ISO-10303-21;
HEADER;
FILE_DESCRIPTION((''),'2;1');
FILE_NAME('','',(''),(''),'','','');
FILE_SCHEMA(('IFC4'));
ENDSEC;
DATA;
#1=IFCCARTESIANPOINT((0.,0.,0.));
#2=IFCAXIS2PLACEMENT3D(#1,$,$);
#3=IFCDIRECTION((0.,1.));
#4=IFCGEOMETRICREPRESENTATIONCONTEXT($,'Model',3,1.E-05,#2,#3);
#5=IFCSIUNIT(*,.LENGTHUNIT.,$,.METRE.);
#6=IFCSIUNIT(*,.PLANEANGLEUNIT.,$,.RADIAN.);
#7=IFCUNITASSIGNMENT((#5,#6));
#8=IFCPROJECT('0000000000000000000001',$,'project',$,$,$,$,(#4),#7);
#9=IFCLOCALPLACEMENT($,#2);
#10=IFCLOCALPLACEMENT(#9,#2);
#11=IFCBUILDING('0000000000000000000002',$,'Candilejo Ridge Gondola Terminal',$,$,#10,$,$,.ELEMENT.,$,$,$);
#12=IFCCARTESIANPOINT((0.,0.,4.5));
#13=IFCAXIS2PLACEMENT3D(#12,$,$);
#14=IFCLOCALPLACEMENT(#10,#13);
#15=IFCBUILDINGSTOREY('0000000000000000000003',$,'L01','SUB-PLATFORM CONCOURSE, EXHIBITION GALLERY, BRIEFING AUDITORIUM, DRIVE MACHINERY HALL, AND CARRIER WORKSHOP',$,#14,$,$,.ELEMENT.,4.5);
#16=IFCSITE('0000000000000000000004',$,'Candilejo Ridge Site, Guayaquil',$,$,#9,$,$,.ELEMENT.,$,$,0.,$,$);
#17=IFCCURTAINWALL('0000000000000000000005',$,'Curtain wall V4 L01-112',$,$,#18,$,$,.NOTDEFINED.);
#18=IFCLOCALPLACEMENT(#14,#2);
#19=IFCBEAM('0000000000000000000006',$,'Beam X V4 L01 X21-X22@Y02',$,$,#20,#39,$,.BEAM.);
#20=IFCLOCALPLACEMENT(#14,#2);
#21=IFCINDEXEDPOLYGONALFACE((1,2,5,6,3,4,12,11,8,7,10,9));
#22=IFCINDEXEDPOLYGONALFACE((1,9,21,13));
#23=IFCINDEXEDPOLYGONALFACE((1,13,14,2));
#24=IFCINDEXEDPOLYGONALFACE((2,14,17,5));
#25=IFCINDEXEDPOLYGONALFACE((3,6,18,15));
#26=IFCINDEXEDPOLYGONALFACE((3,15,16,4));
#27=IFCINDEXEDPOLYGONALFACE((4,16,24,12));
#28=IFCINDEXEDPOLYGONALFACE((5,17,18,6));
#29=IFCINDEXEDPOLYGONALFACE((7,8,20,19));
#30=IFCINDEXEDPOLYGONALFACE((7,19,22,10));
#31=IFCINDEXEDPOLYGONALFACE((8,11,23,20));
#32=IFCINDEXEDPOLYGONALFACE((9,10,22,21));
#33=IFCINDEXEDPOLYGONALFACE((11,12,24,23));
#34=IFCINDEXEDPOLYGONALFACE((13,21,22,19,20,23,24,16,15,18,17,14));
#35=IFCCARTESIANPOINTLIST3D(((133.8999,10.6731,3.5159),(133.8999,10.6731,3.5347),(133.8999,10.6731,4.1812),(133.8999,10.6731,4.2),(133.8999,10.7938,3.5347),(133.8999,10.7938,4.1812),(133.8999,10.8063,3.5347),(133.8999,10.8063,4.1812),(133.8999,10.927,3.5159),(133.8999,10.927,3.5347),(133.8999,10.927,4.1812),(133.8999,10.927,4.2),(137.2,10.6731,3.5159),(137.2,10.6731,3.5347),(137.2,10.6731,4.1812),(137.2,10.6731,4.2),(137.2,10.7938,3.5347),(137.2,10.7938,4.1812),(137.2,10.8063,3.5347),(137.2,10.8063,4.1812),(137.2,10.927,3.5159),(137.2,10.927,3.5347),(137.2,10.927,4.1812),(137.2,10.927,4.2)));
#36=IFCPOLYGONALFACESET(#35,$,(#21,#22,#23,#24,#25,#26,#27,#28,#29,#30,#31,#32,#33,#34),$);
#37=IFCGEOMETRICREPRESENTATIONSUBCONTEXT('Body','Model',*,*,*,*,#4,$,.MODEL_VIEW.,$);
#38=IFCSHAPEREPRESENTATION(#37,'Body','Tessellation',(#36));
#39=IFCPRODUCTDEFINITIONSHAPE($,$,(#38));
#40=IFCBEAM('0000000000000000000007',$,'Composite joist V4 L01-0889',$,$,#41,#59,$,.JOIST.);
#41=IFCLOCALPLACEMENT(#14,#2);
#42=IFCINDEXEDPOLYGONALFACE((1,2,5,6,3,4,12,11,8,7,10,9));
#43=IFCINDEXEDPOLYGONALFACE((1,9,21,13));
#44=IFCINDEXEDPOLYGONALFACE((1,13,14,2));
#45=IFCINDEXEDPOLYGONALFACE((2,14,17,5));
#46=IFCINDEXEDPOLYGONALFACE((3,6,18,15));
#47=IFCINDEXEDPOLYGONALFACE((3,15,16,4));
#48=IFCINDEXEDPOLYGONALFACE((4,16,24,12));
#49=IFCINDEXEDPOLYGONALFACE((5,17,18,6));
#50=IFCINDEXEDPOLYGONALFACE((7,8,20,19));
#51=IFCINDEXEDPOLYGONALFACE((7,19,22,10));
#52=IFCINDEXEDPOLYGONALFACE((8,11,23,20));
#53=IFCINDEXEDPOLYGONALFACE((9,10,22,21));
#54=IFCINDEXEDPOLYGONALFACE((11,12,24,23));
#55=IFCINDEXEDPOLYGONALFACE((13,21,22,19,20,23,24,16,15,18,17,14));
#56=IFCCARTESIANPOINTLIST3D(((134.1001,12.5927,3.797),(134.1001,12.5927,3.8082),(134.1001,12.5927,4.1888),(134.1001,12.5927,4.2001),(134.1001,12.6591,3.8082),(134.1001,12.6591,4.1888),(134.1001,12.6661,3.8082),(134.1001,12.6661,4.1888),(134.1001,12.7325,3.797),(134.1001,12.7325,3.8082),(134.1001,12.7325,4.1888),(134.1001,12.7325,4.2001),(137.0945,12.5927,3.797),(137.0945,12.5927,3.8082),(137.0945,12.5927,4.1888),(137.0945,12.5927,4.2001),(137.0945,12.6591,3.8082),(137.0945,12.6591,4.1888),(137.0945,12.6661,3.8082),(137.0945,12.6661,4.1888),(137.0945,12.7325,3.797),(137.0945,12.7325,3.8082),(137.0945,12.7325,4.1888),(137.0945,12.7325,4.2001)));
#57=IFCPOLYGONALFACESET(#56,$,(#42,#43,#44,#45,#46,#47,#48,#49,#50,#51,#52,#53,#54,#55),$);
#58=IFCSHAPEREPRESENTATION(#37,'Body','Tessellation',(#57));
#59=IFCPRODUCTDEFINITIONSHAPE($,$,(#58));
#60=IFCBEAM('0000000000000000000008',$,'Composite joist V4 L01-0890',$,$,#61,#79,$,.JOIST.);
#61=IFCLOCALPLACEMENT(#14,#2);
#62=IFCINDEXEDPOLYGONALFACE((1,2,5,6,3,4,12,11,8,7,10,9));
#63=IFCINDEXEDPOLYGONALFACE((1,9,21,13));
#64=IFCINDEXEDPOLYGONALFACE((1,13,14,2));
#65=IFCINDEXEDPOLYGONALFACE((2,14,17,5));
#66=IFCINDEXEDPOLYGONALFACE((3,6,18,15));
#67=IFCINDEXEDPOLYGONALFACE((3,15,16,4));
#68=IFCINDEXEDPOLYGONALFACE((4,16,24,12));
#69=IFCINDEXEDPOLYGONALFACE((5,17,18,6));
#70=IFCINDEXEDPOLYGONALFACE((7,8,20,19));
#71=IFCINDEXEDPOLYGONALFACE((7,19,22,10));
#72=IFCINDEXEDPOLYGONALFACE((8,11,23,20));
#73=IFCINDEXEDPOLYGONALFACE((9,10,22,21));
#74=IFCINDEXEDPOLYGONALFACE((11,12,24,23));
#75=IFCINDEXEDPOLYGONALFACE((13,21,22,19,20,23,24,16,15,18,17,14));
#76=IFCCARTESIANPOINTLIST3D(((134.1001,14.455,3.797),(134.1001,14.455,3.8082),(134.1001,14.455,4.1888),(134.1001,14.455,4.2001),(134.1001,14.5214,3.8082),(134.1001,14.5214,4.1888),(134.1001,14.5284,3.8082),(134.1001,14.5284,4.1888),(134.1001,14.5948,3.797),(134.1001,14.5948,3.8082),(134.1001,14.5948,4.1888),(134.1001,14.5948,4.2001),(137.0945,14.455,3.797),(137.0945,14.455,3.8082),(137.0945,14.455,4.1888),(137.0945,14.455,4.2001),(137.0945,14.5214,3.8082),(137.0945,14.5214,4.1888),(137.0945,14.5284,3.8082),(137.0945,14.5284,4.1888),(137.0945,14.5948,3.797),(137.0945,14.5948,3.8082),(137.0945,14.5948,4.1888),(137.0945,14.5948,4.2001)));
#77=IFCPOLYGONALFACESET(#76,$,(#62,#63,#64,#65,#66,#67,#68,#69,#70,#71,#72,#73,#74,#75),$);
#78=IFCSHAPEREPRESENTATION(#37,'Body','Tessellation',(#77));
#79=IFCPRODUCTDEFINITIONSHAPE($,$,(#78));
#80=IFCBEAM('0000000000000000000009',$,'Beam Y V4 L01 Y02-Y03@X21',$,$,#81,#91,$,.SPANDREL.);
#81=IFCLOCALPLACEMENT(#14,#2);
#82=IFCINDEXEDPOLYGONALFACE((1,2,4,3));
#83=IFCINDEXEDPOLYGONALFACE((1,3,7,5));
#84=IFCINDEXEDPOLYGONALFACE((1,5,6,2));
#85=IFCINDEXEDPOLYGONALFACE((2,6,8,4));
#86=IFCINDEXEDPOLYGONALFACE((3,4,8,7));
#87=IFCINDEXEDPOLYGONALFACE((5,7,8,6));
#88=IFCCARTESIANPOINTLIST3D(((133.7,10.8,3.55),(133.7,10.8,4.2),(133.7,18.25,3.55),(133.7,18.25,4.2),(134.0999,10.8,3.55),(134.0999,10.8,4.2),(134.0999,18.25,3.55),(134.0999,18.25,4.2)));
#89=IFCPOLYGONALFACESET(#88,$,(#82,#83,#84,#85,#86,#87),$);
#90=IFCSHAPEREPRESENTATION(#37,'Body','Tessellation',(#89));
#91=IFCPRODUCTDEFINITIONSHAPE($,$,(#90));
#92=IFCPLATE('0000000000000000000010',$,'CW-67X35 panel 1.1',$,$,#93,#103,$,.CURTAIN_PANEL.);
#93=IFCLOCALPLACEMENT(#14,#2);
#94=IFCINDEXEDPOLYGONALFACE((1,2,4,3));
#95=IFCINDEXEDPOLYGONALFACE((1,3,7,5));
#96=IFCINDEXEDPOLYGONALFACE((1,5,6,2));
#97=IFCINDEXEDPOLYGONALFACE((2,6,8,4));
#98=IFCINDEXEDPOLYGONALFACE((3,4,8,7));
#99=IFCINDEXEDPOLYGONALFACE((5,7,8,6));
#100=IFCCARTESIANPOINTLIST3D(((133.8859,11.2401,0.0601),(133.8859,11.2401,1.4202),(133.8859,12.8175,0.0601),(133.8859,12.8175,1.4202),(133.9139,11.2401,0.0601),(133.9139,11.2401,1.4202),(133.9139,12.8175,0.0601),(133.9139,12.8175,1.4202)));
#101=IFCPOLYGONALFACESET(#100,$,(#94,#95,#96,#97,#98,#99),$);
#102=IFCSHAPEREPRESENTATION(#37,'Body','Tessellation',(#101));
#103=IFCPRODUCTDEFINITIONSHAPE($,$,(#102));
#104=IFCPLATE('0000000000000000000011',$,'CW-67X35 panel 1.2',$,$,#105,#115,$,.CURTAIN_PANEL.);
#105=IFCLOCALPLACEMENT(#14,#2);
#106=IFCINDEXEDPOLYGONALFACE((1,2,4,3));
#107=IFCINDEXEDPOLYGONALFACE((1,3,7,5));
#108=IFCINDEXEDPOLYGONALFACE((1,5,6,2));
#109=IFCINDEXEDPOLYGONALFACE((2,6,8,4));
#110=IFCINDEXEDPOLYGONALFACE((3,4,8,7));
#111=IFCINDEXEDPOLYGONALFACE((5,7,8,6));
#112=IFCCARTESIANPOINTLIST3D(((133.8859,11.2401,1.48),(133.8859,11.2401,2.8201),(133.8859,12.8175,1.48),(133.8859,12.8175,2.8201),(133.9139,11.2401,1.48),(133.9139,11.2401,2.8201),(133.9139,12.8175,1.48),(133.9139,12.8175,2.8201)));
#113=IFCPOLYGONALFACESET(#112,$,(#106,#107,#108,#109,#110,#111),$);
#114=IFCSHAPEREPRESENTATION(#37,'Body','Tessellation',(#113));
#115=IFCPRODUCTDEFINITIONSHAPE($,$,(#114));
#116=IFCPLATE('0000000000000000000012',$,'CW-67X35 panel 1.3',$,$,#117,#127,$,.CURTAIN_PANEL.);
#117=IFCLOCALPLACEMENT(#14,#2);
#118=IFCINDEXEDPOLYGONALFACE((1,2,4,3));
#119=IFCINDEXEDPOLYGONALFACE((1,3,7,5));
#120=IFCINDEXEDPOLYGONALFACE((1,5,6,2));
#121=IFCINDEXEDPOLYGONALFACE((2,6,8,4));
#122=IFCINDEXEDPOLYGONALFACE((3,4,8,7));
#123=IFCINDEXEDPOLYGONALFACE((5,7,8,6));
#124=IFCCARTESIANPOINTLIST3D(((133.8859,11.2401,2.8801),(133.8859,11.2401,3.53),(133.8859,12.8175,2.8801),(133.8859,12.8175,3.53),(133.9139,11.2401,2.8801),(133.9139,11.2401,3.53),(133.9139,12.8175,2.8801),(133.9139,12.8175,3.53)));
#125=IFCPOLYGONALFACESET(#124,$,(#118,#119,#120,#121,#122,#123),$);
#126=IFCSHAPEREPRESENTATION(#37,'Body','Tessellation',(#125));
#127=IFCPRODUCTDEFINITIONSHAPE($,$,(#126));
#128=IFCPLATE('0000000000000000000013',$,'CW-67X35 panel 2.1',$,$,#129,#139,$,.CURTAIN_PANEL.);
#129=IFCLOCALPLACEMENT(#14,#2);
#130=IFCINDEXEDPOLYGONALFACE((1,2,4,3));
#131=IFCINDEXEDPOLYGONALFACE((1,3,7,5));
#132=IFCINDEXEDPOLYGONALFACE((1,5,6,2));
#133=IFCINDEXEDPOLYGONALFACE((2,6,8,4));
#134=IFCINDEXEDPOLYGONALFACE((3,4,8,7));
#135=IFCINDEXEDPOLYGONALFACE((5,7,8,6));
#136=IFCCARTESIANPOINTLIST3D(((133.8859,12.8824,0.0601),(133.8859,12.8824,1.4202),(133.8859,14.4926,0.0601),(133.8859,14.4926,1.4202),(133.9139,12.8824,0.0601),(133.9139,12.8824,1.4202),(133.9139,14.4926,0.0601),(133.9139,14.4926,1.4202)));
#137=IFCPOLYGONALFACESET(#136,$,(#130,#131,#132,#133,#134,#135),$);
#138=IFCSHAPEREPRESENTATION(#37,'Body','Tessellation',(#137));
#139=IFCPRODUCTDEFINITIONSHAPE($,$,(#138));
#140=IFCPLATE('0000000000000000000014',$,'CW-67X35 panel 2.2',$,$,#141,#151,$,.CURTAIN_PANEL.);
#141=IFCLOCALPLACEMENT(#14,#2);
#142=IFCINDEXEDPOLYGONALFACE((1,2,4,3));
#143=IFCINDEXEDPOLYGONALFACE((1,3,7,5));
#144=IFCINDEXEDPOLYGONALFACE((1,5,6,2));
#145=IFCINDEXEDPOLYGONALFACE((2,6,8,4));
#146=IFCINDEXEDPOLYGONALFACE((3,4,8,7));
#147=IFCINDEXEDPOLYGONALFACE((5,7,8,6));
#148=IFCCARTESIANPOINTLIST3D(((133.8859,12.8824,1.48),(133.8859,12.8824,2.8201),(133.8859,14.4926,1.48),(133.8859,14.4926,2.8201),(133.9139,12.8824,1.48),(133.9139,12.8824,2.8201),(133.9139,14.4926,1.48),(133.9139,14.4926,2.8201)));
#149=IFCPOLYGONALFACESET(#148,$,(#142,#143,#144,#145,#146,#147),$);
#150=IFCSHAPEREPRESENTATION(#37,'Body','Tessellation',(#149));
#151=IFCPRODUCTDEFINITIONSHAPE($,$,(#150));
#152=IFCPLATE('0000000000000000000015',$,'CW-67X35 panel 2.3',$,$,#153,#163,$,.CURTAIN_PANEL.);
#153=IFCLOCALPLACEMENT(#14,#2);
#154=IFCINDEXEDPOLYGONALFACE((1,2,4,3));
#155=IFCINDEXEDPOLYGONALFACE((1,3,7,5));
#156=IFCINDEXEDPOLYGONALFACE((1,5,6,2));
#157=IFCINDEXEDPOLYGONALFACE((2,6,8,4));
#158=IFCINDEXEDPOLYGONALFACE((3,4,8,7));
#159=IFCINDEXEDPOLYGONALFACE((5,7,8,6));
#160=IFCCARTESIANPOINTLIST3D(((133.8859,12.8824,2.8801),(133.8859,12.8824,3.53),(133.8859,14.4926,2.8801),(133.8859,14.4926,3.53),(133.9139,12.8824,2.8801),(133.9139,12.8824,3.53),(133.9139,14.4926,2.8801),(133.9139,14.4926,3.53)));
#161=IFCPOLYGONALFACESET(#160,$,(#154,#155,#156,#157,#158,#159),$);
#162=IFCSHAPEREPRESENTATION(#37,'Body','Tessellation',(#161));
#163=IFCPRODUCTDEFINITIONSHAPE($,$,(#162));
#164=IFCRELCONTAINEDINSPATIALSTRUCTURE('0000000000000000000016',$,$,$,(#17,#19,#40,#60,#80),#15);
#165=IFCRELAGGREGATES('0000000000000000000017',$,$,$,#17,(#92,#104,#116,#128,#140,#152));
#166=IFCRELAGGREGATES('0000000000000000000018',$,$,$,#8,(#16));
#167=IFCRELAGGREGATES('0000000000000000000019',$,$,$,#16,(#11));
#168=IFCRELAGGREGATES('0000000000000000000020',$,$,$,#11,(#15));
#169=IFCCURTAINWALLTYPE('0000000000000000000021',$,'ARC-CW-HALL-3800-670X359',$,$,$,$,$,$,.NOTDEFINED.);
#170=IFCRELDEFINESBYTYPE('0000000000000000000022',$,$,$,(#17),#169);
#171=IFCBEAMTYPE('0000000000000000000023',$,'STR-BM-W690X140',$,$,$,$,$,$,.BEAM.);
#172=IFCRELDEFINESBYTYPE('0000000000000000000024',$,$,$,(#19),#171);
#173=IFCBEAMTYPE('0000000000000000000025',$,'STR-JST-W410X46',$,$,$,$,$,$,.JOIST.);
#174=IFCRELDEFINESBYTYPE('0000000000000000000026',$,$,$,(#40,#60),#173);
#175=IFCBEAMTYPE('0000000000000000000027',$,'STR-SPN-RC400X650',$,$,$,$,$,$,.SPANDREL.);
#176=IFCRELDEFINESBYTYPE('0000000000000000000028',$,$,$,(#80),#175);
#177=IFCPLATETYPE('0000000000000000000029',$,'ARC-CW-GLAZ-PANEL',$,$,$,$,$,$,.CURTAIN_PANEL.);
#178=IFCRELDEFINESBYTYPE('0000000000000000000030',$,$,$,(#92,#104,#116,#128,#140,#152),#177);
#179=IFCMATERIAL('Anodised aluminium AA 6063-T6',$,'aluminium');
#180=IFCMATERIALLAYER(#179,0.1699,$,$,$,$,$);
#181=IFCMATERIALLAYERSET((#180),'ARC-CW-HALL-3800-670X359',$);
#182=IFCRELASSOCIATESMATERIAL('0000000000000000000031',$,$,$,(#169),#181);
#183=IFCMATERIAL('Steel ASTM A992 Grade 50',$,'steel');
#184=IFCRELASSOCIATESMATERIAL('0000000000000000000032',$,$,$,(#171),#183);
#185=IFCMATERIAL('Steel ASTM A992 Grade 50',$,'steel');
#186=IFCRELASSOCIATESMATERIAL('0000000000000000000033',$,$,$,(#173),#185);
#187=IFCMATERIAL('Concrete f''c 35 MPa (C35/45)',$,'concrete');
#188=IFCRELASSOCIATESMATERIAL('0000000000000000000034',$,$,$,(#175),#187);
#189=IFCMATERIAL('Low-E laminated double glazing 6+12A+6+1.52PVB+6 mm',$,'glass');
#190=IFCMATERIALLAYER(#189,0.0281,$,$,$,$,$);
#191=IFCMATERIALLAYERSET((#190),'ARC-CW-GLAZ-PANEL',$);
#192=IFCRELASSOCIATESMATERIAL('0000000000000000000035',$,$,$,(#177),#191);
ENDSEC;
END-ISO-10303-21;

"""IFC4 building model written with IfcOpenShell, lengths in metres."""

from ifc_helpers import new_model, si_unit, direction, frame, origin, origin_2d, place, context, subcontext, project, spatial, rectangle, i_section, extrude, material, layer, layer_set, material_profile, profile_set, type_object, element, aggregate, save


model = new_model("IFC4")

# Units and contexts
model_context = context("Model", 3, precision=1e-05, world=origin(), true_north=direction((0.0, 1.0)))
body_context = subcontext(model_context, "Body", "Model", "MODEL_VIEW")
ifc_project = project(units=[si_unit("LENGTHUNIT", "METRE"), si_unit("PLANEANGLEUNIT", "RADIAN")], contexts=[model_context])

# Site, building, storey
site_placement = place(None, origin())
site = spatial("IfcSite", under=ifc_project, at=site_placement, Name="Candilejo Ridge Site, Guayaquil", CompositionType="ELEMENT", RefElevation=0.0)
building_placement = place(site_placement, origin())
building = spatial("IfcBuilding", under=site, at=building_placement, Name="Candilejo Ridge Gondola Terminal", CompositionType="ELEMENT")
storey_placement = place(building_placement, frame((0.0, 0.0, 4.5)))
storey = spatial("IfcBuildingStorey", under=building, at=storey_placement, Name="L01", Description="SUB-PLATFORM CONCOURSE, EXHIBITION GALLERY, BRIEFING AUDITORIUM, DRIVE MACHINERY HALL, AND CARRIER WORKSHOP", CompositionType="ELEMENT", Elevation=4.5)

# Curtain wall
ifc_material_1 = material(Name="Anodised aluminium AA 6063-T6", Category="aluminium")
ifc_layer_1 = layer(ifc_material_1, 0.1699)
ifc_layer_set_1 = layer_set([ifc_layer_1], Name="ARC-CW-HALL-3800-670X359")
curtain_wall_type_1 = type_object("IfcCurtainWallType", Name="ARC-CW-HALL-3800-670X359", PredefinedType="NOTDEFINED", material=ifc_layer_set_1)
curtain_wall_1_placement = place(storey_placement, origin())
curtain_wall_1 = element("IfcCurtainWall", 1, at=curtain_wall_1_placement, inside=storey, type_object=curtain_wall_type_1, Name="Curtain wall V4 L01-112", PredefinedType="NOTDEFINED")

# Beams
ifc_material_2 = material(Name="Steel ASTM A992 Grade 50", Category="steel")
ifc_material_profile_1 = material_profile(ifc_material_2, i_section(OverallWidth=0.2539, OverallDepth=0.6841, WebThickness=0.0125, FlangeThickness=0.0188, at=origin_2d()))
ifc_profile_set_1 = profile_set([ifc_material_profile_1], Name="Steel ASTM A992 Grade 50")
beam_type_1 = type_object("IfcBeamType", Name="STR-BM-W690X140", PredefinedType="BEAM", material=ifc_profile_set_1)
beam_1_placement = place(storey_placement, frame((133.8999, 10.8, 3.8579), z_axis=(1.0, 0.0, 0.0), x_axis=(0.0, 1.0, 0.0)))
element("IfcBeam", 2, at=beam_1_placement, inside=storey, type_object=beam_type_1, Name="Beam X V4 L01 X21-X22@Y02", PredefinedType="BEAM", context=body_context, shape_type="SweptSolid", body=[
    extrude(i_section(OverallWidth=0.2539, OverallDepth=0.6841, WebThickness=0.0125, FlangeThickness=0.0188, at=origin_2d()), origin(), (0.0, 0.0, 1.0), 3.3),
])
ifc_material_3 = material(Name="Steel ASTM A992 Grade 50", Category="steel")
ifc_material_profile_2 = material_profile(ifc_material_3, i_section(OverallWidth=0.1399, OverallDepth=0.4031, WebThickness=0.0071, FlangeThickness=0.0112, at=origin_2d()))
ifc_profile_set_2 = profile_set([ifc_material_profile_2], Name="Steel ASTM A992 Grade 50")
beam_type_2 = type_object("IfcBeamType", Name="STR-JST-W410X46", PredefinedType="JOIST", material=ifc_profile_set_2)
for number, where, z_axis, x_axis, name in (
    (3, (134.1001, 12.6626, 3.9985), (1.0, 0.0, 0.0), (0.0, 1.0, 0.0), "Composite joist V4 L01-0889"),
    (4, (134.1001, 14.5249, 3.9985), (1.0, 0.0, 0.0), (0.0, 1.0, 0.0), "Composite joist V4 L01-0890"),
):
    element("IfcBeam", number, at=place(storey_placement, frame(where, z_axis=z_axis, x_axis=x_axis)), inside=storey, type_object=beam_type_2, Name=name, PredefinedType="JOIST", context=body_context, shape_type="SweptSolid", body=[
        extrude(i_section(OverallWidth=0.1399, OverallDepth=0.4031, WebThickness=0.0071, FlangeThickness=0.0112, at=origin_2d()), origin(), (0.0, 0.0, 1.0), 2.9944),
    ])
ifc_material_4 = material(Name="Concrete f'c 35 MPa (C35/45)", Category="concrete")
ifc_material_profile_3 = material_profile(ifc_material_4, rectangle(XDim=0.3999, YDim=0.6499, at=origin_2d()))
ifc_profile_set_3 = profile_set([ifc_material_profile_3], Name="Concrete f'c 35 MPa (C35/45)")
beam_type_3 = type_object("IfcBeamType", Name="STR-SPN-RC400X650", PredefinedType="SPANDREL", material=ifc_profile_set_3)
beam_2_placement = place(storey_placement, frame((133.8999, 10.8, 3.875), z_axis=(0.0, 1.0, 0.0), x_axis=(-1.0, 0.0, 0.0)))
element("IfcBeam", 5, at=beam_2_placement, inside=storey, type_object=beam_type_3, Name="Beam Y V4 L01 Y02-Y03@X21", PredefinedType="SPANDREL", context=body_context, shape_type="SweptSolid", body=[
    extrude(rectangle(XDim=0.3999, YDim=0.6499, at=origin_2d()), origin(), (0.0, 0.0, 1.0), 7.45),
])

# Plates
ifc_material_5 = material(Name="Low-E laminated double glazing 6+12A+6+1.52PVB+6 mm", Category="glass")
ifc_layer_2 = layer(ifc_material_5, 0.0281)
ifc_layer_set_2 = layer_set([ifc_layer_2], Name="ARC-CW-GLAZ-PANEL")
plate_type = type_object("IfcPlateType", Name="ARC-CW-GLAZ-PANEL", PredefinedType="CURTAIN_PANEL", material=ifc_layer_set_2)
plate_1_placement = place(storey_placement, frame((133.8999, 12.0288, 0.0601), z_axis=(0.0, 0.0, 1.0), x_axis=(0.0, 1.0, 0.0)))
plate_1 = element("IfcPlate", 6, at=plate_1_placement, type_object=plate_type, Name="CW-67X35 panel 1.1", PredefinedType="CURTAIN_PANEL", context=body_context, shape_type="SweptSolid", body=[
    extrude(rectangle(XDim=1.5774, YDim=0.0281, at=origin_2d()), origin(), (0.0, 0.0, 1.0), 1.3601),
])
plate_2_placement = place(storey_placement, frame((133.8999, 12.0288, 1.48), z_axis=(0.0, 0.0, 1.0), x_axis=(0.0, 1.0, 0.0)))
plate_2 = element("IfcPlate", 7, at=plate_2_placement, type_object=plate_type, Name="CW-67X35 panel 1.2", PredefinedType="CURTAIN_PANEL", context=body_context, shape_type="SweptSolid", body=[
    extrude(rectangle(XDim=1.5774, YDim=0.0281, at=origin_2d()), origin(), (0.0, 0.0, 1.0), 1.3401),
])
plate_3_placement = place(storey_placement, frame((133.8999, 12.0288, 2.8801), z_axis=(0.0, 0.0, 1.0), x_axis=(0.0, 1.0, 0.0)))
plate_3 = element("IfcPlate", 8, at=plate_3_placement, type_object=plate_type, Name="CW-67X35 panel 1.3", PredefinedType="CURTAIN_PANEL", context=body_context, shape_type="SweptSolid", body=[
    extrude(rectangle(XDim=1.5774, YDim=0.0281, at=origin_2d()), origin(), (0.0, 0.0, 1.0), 0.6499),
])
plate_4_placement = place(storey_placement, frame((133.8999, 13.6875, 0.0601), z_axis=(0.0, 0.0, 1.0), x_axis=(0.0, 1.0, 0.0)))
plate_4 = element("IfcPlate", 9, at=plate_4_placement, type_object=plate_type, Name="CW-67X35 panel 2.1", PredefinedType="CURTAIN_PANEL", context=body_context, shape_type="SweptSolid", body=[
    extrude(rectangle(XDim=1.6101, YDim=0.0281, at=origin_2d()), origin(), (0.0, 0.0, 1.0), 1.3601),
])
plate_5_placement = place(storey_placement, frame((133.8999, 13.6875, 1.48), z_axis=(0.0, 0.0, 1.0), x_axis=(0.0, 1.0, 0.0)))
plate_5 = element("IfcPlate", 10, at=plate_5_placement, type_object=plate_type, Name="CW-67X35 panel 2.2", PredefinedType="CURTAIN_PANEL", context=body_context, shape_type="SweptSolid", body=[
    extrude(rectangle(XDim=1.6101, YDim=0.0281, at=origin_2d()), origin(), (0.0, 0.0, 1.0), 1.3401),
])
plate_6_placement = place(storey_placement, frame((133.8999, 13.6875, 2.8801), z_axis=(0.0, 0.0, 1.0), x_axis=(0.0, 1.0, 0.0)))
plate_6 = element("IfcPlate", 11, at=plate_6_placement, type_object=plate_type, Name="CW-67X35 panel 2.3", PredefinedType="CURTAIN_PANEL", context=body_context, shape_type="SweptSolid", body=[
    extrude(rectangle(XDim=1.6101, YDim=0.0281, at=origin_2d()), origin(), (0.0, 0.0, 1.0), 0.6499),
])
aggregate(curtain_wall_1, [plate_1, plate_2, plate_3, plate_4, plate_5, plate_6])

save(model, "model.ifc")
